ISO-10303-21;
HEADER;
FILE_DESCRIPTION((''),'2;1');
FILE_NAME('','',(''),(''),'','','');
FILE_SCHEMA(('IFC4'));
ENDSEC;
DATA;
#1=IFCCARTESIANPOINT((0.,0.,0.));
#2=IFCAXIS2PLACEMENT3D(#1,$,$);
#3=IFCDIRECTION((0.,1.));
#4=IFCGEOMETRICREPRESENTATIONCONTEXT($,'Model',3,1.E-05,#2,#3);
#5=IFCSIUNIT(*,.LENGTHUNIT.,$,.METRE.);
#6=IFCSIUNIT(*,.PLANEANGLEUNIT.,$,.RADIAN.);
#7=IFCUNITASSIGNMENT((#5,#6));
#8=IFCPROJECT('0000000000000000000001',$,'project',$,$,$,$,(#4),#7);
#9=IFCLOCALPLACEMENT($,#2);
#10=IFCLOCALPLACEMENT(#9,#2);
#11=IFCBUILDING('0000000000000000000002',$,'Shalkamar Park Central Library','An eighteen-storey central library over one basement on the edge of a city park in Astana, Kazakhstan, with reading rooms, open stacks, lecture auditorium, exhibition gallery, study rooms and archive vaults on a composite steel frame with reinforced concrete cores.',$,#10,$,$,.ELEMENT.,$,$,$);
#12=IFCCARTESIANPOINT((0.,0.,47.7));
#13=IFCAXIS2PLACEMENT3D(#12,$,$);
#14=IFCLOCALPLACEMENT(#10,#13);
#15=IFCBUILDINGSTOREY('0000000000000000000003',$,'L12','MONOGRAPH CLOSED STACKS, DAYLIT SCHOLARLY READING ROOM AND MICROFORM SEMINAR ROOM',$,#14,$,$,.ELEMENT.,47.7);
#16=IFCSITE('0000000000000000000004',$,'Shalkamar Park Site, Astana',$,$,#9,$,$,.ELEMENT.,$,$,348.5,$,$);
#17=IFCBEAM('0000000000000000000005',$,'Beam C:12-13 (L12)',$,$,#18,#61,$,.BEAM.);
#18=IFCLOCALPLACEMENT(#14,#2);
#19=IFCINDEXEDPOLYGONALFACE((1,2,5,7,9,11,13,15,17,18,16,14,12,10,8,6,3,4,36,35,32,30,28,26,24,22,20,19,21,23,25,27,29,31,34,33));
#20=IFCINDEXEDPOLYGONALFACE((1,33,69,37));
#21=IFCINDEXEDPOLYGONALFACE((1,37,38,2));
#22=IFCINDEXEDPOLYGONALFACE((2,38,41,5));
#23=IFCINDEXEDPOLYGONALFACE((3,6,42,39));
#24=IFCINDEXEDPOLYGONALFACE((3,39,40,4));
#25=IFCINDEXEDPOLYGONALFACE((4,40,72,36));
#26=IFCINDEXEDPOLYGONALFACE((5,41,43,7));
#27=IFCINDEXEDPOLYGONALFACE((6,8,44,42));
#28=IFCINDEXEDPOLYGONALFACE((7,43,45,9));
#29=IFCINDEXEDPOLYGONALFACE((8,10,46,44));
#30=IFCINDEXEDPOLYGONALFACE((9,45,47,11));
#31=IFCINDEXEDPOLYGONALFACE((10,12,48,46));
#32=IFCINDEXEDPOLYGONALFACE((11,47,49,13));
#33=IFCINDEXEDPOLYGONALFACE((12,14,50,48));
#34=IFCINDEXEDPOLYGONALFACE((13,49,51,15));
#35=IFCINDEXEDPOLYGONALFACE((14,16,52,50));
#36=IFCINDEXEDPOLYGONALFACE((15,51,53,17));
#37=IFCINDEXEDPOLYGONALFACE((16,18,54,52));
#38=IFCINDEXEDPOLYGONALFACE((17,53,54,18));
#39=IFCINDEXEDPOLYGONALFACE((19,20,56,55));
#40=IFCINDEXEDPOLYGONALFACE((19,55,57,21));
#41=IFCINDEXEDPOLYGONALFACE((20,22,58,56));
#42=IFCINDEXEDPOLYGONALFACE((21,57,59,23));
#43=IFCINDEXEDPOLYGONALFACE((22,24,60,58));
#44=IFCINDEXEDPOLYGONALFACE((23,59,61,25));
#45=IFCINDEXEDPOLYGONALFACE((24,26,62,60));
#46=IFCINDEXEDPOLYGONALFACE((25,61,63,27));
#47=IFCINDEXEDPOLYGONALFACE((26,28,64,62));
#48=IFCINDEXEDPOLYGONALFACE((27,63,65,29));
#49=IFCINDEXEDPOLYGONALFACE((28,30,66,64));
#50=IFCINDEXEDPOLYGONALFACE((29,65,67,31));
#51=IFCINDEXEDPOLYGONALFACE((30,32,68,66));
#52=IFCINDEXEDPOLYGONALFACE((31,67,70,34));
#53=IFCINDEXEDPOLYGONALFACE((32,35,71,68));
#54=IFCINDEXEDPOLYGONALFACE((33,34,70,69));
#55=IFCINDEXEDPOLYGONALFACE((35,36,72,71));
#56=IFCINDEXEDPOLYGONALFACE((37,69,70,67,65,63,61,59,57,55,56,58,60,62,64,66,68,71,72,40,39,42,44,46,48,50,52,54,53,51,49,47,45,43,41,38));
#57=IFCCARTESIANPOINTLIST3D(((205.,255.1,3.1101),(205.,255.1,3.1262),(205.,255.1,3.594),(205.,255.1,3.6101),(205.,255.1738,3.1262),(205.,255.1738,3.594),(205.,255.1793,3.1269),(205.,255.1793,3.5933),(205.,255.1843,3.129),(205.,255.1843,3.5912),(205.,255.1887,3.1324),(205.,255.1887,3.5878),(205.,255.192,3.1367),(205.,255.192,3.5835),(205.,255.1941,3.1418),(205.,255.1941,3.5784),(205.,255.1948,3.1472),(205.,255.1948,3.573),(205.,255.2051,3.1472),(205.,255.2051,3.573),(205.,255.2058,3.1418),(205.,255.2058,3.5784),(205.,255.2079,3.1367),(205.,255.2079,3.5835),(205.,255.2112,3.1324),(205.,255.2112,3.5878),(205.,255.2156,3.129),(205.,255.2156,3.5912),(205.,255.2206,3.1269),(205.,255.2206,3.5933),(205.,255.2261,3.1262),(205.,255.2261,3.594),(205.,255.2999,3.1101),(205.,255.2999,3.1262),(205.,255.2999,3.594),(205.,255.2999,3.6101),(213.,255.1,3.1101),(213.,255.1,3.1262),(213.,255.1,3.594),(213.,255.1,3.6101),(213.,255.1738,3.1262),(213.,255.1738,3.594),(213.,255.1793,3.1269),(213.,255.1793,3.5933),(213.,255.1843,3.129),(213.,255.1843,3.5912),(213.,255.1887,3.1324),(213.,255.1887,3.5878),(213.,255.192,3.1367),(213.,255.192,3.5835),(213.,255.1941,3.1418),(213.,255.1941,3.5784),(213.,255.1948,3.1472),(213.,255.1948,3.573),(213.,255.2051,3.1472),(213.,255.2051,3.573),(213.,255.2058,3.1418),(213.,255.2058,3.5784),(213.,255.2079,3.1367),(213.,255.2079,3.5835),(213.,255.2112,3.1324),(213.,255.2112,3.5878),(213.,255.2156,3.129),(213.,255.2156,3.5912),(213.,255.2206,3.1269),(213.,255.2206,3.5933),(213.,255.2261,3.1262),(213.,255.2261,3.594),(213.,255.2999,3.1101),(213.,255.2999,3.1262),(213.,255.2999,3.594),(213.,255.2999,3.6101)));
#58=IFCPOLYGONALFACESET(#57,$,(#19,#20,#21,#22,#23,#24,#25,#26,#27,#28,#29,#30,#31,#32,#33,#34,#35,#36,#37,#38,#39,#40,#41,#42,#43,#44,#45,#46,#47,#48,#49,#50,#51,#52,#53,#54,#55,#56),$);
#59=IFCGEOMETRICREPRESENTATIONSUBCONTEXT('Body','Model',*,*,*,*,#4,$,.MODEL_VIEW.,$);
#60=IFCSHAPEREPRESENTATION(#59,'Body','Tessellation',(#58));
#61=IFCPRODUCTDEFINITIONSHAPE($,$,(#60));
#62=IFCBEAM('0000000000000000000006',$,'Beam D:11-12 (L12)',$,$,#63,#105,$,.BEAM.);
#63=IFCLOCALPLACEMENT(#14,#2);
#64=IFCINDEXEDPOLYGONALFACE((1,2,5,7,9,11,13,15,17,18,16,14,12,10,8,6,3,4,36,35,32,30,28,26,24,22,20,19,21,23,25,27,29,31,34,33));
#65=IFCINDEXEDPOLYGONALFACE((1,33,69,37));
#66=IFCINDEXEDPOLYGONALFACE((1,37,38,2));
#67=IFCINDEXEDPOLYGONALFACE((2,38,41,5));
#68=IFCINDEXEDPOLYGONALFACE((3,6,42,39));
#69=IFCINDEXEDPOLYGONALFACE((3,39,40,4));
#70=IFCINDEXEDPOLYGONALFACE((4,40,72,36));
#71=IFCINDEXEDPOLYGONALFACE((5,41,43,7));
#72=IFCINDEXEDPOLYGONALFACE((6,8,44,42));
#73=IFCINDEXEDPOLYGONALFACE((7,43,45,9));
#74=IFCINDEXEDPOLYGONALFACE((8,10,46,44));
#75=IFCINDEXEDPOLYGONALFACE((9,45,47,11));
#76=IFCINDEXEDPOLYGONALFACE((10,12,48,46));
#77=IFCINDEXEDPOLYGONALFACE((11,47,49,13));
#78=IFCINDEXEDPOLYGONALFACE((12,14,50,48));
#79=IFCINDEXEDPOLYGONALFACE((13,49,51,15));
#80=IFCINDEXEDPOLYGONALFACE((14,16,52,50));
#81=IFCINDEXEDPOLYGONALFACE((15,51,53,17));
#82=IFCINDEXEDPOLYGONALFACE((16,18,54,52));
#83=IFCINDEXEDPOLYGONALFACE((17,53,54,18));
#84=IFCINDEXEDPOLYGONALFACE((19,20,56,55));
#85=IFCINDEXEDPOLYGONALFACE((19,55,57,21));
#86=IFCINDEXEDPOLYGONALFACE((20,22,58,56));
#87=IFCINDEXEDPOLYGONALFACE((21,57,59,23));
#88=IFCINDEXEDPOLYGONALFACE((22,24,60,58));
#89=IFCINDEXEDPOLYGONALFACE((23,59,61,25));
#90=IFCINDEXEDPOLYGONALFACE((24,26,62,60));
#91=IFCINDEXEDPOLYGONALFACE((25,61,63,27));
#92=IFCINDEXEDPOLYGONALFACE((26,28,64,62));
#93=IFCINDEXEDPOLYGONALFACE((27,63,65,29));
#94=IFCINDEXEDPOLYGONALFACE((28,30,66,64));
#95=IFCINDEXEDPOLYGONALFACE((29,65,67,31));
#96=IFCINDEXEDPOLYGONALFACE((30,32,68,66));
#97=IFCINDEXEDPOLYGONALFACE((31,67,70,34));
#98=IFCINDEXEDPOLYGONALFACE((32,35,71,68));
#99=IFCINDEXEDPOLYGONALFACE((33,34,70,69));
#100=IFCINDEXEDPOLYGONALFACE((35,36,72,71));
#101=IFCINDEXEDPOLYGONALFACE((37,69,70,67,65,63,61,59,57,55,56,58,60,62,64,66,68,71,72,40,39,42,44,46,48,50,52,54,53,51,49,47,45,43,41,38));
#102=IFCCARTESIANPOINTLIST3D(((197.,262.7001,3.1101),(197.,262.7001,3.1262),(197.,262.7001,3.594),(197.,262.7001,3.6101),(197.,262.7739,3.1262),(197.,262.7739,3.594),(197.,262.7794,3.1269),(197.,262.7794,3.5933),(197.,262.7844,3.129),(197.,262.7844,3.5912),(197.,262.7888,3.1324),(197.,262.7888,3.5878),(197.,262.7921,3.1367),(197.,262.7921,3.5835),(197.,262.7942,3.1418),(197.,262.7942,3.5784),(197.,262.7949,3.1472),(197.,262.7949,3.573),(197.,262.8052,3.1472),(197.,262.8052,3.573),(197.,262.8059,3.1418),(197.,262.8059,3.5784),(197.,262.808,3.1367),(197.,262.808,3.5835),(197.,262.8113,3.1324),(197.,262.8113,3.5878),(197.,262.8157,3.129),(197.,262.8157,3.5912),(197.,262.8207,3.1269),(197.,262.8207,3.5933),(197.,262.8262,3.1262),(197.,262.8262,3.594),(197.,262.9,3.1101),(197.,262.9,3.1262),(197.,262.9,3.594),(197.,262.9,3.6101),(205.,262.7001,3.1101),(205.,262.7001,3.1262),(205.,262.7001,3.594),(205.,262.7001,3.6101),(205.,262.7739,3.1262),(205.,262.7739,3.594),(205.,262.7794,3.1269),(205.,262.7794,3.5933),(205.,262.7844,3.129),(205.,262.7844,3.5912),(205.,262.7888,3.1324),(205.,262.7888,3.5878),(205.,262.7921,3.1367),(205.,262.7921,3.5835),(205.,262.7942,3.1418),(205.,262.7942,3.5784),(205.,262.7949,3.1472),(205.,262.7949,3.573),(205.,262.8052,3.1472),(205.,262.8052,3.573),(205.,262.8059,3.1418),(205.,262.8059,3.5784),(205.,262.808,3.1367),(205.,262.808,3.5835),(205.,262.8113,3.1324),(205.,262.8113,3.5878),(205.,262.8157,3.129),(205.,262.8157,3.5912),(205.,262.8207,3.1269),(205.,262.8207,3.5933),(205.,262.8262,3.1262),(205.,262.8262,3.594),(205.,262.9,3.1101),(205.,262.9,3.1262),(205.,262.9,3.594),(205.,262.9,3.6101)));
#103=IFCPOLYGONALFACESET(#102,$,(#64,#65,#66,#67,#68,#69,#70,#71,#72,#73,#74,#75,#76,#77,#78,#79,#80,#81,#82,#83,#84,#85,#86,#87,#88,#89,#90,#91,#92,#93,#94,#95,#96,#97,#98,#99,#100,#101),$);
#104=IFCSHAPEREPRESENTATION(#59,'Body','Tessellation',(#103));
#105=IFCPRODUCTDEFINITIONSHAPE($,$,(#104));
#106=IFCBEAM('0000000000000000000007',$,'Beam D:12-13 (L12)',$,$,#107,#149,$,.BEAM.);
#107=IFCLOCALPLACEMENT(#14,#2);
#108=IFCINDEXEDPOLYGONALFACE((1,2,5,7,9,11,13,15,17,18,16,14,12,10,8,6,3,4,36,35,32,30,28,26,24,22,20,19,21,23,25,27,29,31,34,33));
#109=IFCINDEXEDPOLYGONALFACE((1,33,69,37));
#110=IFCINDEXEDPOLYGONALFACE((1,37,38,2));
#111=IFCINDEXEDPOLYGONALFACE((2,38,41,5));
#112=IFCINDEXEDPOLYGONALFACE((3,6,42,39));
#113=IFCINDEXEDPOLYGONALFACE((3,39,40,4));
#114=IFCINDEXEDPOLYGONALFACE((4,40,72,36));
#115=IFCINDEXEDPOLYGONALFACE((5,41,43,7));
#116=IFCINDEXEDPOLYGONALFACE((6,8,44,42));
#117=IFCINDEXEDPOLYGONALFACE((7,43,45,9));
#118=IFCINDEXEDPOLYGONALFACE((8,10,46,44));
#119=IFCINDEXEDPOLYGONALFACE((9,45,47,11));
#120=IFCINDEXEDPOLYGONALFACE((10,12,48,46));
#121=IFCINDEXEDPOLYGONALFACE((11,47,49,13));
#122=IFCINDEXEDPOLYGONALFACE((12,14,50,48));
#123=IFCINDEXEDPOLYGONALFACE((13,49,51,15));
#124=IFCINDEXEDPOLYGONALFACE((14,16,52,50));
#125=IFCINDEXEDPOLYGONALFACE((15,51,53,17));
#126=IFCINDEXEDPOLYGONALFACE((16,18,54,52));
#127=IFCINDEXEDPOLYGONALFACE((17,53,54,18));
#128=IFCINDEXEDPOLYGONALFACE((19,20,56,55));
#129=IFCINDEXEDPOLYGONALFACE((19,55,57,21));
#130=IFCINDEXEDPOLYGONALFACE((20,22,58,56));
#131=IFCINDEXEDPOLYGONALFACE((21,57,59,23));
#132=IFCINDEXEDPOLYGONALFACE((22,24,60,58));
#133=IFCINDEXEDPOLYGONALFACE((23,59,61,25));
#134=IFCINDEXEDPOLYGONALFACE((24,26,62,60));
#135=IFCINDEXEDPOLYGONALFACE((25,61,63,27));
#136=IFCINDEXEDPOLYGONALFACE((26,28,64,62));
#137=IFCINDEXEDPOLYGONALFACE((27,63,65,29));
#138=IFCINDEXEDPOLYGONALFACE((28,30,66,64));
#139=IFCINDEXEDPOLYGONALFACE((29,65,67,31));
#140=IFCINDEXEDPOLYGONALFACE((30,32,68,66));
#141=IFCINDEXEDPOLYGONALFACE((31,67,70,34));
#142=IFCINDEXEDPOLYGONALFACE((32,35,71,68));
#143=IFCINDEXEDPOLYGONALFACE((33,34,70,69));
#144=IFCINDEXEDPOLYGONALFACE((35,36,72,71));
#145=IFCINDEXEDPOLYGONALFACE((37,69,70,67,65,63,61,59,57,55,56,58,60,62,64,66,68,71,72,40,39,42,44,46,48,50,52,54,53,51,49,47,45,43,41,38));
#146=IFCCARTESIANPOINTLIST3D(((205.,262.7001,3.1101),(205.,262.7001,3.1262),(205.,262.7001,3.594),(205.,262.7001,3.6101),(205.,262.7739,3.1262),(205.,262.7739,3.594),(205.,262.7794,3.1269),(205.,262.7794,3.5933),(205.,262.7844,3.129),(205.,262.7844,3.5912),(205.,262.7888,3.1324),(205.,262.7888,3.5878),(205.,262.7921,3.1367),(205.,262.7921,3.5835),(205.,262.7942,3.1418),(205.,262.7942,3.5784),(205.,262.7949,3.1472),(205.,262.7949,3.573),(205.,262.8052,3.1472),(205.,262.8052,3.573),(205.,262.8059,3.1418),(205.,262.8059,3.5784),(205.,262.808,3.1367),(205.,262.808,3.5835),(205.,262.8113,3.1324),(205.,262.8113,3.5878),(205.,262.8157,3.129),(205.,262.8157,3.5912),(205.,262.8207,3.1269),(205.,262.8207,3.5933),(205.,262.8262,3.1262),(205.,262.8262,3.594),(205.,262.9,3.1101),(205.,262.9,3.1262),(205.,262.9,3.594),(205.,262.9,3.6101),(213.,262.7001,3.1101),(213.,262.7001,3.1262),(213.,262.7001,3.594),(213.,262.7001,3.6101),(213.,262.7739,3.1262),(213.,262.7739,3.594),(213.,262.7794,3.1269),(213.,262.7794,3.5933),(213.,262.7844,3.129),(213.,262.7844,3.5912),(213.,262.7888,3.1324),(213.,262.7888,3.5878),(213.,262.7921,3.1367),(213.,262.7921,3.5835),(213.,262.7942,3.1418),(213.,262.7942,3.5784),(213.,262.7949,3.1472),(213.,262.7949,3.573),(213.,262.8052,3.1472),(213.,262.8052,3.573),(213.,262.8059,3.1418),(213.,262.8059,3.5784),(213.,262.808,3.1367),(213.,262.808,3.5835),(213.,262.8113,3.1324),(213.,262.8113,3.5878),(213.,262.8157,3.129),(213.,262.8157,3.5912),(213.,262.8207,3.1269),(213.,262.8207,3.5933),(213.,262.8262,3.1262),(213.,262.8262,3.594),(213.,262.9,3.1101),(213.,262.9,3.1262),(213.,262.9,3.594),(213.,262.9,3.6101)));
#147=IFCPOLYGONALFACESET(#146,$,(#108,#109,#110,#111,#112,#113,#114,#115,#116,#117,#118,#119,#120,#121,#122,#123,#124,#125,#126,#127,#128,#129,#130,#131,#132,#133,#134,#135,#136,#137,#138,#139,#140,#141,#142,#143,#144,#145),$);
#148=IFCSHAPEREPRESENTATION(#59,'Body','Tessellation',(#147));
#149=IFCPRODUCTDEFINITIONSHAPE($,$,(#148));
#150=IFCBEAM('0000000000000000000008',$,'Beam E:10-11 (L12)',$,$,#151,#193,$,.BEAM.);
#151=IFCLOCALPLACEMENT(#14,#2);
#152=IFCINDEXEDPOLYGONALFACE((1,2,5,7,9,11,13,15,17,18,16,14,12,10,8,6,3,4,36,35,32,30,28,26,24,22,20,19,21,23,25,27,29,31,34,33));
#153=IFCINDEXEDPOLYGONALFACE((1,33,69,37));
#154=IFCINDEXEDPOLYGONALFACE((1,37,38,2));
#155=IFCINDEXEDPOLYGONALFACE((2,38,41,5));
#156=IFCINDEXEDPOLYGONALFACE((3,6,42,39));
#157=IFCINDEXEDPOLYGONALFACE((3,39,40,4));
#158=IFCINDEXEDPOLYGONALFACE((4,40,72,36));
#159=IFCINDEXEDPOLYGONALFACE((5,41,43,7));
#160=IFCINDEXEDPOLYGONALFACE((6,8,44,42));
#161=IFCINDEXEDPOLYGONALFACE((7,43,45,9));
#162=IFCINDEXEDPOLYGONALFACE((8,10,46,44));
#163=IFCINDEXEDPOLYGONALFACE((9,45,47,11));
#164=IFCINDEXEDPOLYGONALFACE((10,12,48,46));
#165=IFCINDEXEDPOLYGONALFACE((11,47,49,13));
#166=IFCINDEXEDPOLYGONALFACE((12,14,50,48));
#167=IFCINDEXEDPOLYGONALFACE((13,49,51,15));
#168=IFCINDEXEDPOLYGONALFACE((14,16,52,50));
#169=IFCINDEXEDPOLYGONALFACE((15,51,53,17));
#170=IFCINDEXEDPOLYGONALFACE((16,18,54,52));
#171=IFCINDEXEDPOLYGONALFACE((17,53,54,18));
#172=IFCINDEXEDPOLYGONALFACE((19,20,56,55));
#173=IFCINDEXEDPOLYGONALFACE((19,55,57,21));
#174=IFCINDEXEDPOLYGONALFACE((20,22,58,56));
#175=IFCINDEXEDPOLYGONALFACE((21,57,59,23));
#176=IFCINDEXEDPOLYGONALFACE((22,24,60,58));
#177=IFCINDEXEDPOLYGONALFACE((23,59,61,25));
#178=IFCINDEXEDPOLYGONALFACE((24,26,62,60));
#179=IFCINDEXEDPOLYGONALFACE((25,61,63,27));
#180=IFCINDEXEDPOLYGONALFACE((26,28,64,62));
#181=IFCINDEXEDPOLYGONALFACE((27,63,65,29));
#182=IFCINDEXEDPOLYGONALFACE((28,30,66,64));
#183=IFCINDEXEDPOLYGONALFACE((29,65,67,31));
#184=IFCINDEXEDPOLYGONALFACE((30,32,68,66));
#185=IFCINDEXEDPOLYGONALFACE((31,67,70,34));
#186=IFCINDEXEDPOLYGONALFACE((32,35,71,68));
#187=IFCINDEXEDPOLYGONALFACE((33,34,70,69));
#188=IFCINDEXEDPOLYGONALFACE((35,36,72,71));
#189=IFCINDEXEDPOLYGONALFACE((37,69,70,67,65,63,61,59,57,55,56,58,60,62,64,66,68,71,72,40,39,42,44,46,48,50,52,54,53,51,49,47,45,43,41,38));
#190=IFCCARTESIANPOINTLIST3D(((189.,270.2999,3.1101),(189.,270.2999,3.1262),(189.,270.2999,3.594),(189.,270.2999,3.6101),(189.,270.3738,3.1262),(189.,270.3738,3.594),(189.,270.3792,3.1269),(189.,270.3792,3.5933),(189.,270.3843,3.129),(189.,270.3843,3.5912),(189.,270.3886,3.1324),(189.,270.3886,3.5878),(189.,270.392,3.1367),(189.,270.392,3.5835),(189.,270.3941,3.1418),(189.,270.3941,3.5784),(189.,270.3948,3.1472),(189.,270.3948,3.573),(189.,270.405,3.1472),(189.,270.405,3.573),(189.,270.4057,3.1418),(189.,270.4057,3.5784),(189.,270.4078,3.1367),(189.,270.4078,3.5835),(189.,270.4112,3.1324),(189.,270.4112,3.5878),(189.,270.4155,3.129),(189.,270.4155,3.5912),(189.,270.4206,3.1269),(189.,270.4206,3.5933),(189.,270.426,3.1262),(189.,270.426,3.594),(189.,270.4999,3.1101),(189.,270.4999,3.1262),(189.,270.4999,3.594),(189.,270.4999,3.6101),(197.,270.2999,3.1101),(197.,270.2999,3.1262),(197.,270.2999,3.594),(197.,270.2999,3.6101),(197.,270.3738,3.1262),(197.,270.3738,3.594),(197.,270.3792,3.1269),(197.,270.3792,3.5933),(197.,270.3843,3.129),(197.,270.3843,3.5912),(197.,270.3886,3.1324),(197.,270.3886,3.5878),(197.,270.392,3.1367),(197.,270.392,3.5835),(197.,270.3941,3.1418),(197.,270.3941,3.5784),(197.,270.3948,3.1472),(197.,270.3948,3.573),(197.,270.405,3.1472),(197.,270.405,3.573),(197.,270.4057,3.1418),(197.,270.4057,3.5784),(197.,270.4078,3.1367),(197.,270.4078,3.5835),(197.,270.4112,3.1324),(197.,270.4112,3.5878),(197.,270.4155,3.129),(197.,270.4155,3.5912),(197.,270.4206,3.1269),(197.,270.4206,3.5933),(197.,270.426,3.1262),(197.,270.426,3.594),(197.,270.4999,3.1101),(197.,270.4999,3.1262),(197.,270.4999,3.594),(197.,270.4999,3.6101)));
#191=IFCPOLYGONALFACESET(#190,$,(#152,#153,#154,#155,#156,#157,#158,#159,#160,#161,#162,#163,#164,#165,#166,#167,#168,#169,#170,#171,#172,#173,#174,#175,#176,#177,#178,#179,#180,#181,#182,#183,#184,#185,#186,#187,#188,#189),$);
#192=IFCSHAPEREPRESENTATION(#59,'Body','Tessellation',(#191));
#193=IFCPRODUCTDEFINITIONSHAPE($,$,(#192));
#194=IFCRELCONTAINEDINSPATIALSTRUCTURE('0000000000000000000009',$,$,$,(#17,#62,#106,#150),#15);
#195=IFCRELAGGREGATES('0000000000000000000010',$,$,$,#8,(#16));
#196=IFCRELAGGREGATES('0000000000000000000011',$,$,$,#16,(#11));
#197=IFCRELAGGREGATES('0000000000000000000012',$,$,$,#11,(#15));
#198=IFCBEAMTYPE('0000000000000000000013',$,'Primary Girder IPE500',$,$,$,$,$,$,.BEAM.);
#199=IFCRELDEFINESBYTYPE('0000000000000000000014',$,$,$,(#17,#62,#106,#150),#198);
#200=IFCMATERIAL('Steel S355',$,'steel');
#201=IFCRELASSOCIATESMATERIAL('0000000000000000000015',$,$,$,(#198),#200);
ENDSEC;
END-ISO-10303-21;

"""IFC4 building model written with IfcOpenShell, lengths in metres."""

from ifc_helpers import new_model, si_unit, direction, frame, origin, origin_2d, place, context, subcontext, project, spatial, i_section, extrude, material, material_profile, profile_set, type_object, element, save


model = new_model("IFC4")

# Units and contexts
model_context = context("Model", 3, precision=1e-05, world=origin(), true_north=direction((0.0, 1.0)))
body_context = subcontext(model_context, "Body", "Model", "MODEL_VIEW")
ifc_project = project(units=[si_unit("LENGTHUNIT", "METRE"), si_unit("PLANEANGLEUNIT", "RADIAN")], contexts=[model_context])

# Site, building, storey
site_placement = place(None, origin())
site = spatial("IfcSite", under=ifc_project, at=site_placement, Name="Shalkamar Park Site, Astana", CompositionType="ELEMENT", RefElevation=348.5)
building_placement = place(site_placement, origin())
building = spatial("IfcBuilding", under=site, at=building_placement, Name="Shalkamar Park Central Library", Description="An eighteen-storey central library over one basement on the edge of a city park in Astana, Kazakhstan, with reading rooms, open stacks, lecture auditorium, exhibition gallery, study rooms and archive vaults on a composite steel frame with reinforced concrete cores.", CompositionType="ELEMENT")
storey_placement = place(building_placement, frame((0.0, 0.0, 47.7)))
storey = spatial("IfcBuildingStorey", under=building, at=storey_placement, Name="L12", Description="MONOGRAPH CLOSED STACKS, DAYLIT SCHOLARLY READING ROOM AND MICROFORM SEMINAR ROOM", CompositionType="ELEMENT", Elevation=47.7)

# Shared definitions
ifc_material_1 = material(Name="Steel S355", Category="steel")

# Beams
ifc_material_profile_1 = material_profile(ifc_material_1, i_section(OverallWidth=0.2, OverallDepth=0.5, WebThickness=0.0103, FlangeThickness=0.0161, FilletRadius=0.021, at=origin_2d()), Name="IPE 500")
ifc_profile_set_1 = profile_set([ifc_material_profile_1], Name="Steel S355")
beam_type_1 = type_object("IfcBeamType", Name="Primary Girder IPE500", PredefinedType="BEAM", material=ifc_profile_set_1)
for number, where, z_axis, x_axis, name in (
    (1, (205.0, 255.2, 3.3601), (1.0, 0.0, 0.0), (0.0, 1.0, 0.0), "Beam C:12-13 (L12)"),
    (2, (197.0, 262.8, 3.3601), (1.0, 0.0, 0.0), (0.0, 1.0, 0.0), "Beam D:11-12 (L12)"),
    (3, (205.0, 262.8, 3.3601), (1.0, 0.0, 0.0), (0.0, 1.0, 0.0), "Beam D:12-13 (L12)"),
    (4, (189.0, 270.3999, 3.3601), (1.0, 0.0, 0.0), (0.0, 1.0, 0.0), "Beam E:10-11 (L12)"),
):
    element("IfcBeam", number, at=place(storey_placement, frame(where, z_axis=z_axis, x_axis=x_axis)), inside=storey, type_object=beam_type_1, Name=name, PredefinedType="BEAM", context=body_context, shape_type="SweptSolid", body=[
        extrude(i_section(OverallWidth=0.2, OverallDepth=0.5, WebThickness=0.0103, FlangeThickness=0.0161, FilletRadius=0.021, at=origin_2d()), origin(), (0.0, 0.0, 1.0), 8.0),
    ])

save(model, "model.ifc")
